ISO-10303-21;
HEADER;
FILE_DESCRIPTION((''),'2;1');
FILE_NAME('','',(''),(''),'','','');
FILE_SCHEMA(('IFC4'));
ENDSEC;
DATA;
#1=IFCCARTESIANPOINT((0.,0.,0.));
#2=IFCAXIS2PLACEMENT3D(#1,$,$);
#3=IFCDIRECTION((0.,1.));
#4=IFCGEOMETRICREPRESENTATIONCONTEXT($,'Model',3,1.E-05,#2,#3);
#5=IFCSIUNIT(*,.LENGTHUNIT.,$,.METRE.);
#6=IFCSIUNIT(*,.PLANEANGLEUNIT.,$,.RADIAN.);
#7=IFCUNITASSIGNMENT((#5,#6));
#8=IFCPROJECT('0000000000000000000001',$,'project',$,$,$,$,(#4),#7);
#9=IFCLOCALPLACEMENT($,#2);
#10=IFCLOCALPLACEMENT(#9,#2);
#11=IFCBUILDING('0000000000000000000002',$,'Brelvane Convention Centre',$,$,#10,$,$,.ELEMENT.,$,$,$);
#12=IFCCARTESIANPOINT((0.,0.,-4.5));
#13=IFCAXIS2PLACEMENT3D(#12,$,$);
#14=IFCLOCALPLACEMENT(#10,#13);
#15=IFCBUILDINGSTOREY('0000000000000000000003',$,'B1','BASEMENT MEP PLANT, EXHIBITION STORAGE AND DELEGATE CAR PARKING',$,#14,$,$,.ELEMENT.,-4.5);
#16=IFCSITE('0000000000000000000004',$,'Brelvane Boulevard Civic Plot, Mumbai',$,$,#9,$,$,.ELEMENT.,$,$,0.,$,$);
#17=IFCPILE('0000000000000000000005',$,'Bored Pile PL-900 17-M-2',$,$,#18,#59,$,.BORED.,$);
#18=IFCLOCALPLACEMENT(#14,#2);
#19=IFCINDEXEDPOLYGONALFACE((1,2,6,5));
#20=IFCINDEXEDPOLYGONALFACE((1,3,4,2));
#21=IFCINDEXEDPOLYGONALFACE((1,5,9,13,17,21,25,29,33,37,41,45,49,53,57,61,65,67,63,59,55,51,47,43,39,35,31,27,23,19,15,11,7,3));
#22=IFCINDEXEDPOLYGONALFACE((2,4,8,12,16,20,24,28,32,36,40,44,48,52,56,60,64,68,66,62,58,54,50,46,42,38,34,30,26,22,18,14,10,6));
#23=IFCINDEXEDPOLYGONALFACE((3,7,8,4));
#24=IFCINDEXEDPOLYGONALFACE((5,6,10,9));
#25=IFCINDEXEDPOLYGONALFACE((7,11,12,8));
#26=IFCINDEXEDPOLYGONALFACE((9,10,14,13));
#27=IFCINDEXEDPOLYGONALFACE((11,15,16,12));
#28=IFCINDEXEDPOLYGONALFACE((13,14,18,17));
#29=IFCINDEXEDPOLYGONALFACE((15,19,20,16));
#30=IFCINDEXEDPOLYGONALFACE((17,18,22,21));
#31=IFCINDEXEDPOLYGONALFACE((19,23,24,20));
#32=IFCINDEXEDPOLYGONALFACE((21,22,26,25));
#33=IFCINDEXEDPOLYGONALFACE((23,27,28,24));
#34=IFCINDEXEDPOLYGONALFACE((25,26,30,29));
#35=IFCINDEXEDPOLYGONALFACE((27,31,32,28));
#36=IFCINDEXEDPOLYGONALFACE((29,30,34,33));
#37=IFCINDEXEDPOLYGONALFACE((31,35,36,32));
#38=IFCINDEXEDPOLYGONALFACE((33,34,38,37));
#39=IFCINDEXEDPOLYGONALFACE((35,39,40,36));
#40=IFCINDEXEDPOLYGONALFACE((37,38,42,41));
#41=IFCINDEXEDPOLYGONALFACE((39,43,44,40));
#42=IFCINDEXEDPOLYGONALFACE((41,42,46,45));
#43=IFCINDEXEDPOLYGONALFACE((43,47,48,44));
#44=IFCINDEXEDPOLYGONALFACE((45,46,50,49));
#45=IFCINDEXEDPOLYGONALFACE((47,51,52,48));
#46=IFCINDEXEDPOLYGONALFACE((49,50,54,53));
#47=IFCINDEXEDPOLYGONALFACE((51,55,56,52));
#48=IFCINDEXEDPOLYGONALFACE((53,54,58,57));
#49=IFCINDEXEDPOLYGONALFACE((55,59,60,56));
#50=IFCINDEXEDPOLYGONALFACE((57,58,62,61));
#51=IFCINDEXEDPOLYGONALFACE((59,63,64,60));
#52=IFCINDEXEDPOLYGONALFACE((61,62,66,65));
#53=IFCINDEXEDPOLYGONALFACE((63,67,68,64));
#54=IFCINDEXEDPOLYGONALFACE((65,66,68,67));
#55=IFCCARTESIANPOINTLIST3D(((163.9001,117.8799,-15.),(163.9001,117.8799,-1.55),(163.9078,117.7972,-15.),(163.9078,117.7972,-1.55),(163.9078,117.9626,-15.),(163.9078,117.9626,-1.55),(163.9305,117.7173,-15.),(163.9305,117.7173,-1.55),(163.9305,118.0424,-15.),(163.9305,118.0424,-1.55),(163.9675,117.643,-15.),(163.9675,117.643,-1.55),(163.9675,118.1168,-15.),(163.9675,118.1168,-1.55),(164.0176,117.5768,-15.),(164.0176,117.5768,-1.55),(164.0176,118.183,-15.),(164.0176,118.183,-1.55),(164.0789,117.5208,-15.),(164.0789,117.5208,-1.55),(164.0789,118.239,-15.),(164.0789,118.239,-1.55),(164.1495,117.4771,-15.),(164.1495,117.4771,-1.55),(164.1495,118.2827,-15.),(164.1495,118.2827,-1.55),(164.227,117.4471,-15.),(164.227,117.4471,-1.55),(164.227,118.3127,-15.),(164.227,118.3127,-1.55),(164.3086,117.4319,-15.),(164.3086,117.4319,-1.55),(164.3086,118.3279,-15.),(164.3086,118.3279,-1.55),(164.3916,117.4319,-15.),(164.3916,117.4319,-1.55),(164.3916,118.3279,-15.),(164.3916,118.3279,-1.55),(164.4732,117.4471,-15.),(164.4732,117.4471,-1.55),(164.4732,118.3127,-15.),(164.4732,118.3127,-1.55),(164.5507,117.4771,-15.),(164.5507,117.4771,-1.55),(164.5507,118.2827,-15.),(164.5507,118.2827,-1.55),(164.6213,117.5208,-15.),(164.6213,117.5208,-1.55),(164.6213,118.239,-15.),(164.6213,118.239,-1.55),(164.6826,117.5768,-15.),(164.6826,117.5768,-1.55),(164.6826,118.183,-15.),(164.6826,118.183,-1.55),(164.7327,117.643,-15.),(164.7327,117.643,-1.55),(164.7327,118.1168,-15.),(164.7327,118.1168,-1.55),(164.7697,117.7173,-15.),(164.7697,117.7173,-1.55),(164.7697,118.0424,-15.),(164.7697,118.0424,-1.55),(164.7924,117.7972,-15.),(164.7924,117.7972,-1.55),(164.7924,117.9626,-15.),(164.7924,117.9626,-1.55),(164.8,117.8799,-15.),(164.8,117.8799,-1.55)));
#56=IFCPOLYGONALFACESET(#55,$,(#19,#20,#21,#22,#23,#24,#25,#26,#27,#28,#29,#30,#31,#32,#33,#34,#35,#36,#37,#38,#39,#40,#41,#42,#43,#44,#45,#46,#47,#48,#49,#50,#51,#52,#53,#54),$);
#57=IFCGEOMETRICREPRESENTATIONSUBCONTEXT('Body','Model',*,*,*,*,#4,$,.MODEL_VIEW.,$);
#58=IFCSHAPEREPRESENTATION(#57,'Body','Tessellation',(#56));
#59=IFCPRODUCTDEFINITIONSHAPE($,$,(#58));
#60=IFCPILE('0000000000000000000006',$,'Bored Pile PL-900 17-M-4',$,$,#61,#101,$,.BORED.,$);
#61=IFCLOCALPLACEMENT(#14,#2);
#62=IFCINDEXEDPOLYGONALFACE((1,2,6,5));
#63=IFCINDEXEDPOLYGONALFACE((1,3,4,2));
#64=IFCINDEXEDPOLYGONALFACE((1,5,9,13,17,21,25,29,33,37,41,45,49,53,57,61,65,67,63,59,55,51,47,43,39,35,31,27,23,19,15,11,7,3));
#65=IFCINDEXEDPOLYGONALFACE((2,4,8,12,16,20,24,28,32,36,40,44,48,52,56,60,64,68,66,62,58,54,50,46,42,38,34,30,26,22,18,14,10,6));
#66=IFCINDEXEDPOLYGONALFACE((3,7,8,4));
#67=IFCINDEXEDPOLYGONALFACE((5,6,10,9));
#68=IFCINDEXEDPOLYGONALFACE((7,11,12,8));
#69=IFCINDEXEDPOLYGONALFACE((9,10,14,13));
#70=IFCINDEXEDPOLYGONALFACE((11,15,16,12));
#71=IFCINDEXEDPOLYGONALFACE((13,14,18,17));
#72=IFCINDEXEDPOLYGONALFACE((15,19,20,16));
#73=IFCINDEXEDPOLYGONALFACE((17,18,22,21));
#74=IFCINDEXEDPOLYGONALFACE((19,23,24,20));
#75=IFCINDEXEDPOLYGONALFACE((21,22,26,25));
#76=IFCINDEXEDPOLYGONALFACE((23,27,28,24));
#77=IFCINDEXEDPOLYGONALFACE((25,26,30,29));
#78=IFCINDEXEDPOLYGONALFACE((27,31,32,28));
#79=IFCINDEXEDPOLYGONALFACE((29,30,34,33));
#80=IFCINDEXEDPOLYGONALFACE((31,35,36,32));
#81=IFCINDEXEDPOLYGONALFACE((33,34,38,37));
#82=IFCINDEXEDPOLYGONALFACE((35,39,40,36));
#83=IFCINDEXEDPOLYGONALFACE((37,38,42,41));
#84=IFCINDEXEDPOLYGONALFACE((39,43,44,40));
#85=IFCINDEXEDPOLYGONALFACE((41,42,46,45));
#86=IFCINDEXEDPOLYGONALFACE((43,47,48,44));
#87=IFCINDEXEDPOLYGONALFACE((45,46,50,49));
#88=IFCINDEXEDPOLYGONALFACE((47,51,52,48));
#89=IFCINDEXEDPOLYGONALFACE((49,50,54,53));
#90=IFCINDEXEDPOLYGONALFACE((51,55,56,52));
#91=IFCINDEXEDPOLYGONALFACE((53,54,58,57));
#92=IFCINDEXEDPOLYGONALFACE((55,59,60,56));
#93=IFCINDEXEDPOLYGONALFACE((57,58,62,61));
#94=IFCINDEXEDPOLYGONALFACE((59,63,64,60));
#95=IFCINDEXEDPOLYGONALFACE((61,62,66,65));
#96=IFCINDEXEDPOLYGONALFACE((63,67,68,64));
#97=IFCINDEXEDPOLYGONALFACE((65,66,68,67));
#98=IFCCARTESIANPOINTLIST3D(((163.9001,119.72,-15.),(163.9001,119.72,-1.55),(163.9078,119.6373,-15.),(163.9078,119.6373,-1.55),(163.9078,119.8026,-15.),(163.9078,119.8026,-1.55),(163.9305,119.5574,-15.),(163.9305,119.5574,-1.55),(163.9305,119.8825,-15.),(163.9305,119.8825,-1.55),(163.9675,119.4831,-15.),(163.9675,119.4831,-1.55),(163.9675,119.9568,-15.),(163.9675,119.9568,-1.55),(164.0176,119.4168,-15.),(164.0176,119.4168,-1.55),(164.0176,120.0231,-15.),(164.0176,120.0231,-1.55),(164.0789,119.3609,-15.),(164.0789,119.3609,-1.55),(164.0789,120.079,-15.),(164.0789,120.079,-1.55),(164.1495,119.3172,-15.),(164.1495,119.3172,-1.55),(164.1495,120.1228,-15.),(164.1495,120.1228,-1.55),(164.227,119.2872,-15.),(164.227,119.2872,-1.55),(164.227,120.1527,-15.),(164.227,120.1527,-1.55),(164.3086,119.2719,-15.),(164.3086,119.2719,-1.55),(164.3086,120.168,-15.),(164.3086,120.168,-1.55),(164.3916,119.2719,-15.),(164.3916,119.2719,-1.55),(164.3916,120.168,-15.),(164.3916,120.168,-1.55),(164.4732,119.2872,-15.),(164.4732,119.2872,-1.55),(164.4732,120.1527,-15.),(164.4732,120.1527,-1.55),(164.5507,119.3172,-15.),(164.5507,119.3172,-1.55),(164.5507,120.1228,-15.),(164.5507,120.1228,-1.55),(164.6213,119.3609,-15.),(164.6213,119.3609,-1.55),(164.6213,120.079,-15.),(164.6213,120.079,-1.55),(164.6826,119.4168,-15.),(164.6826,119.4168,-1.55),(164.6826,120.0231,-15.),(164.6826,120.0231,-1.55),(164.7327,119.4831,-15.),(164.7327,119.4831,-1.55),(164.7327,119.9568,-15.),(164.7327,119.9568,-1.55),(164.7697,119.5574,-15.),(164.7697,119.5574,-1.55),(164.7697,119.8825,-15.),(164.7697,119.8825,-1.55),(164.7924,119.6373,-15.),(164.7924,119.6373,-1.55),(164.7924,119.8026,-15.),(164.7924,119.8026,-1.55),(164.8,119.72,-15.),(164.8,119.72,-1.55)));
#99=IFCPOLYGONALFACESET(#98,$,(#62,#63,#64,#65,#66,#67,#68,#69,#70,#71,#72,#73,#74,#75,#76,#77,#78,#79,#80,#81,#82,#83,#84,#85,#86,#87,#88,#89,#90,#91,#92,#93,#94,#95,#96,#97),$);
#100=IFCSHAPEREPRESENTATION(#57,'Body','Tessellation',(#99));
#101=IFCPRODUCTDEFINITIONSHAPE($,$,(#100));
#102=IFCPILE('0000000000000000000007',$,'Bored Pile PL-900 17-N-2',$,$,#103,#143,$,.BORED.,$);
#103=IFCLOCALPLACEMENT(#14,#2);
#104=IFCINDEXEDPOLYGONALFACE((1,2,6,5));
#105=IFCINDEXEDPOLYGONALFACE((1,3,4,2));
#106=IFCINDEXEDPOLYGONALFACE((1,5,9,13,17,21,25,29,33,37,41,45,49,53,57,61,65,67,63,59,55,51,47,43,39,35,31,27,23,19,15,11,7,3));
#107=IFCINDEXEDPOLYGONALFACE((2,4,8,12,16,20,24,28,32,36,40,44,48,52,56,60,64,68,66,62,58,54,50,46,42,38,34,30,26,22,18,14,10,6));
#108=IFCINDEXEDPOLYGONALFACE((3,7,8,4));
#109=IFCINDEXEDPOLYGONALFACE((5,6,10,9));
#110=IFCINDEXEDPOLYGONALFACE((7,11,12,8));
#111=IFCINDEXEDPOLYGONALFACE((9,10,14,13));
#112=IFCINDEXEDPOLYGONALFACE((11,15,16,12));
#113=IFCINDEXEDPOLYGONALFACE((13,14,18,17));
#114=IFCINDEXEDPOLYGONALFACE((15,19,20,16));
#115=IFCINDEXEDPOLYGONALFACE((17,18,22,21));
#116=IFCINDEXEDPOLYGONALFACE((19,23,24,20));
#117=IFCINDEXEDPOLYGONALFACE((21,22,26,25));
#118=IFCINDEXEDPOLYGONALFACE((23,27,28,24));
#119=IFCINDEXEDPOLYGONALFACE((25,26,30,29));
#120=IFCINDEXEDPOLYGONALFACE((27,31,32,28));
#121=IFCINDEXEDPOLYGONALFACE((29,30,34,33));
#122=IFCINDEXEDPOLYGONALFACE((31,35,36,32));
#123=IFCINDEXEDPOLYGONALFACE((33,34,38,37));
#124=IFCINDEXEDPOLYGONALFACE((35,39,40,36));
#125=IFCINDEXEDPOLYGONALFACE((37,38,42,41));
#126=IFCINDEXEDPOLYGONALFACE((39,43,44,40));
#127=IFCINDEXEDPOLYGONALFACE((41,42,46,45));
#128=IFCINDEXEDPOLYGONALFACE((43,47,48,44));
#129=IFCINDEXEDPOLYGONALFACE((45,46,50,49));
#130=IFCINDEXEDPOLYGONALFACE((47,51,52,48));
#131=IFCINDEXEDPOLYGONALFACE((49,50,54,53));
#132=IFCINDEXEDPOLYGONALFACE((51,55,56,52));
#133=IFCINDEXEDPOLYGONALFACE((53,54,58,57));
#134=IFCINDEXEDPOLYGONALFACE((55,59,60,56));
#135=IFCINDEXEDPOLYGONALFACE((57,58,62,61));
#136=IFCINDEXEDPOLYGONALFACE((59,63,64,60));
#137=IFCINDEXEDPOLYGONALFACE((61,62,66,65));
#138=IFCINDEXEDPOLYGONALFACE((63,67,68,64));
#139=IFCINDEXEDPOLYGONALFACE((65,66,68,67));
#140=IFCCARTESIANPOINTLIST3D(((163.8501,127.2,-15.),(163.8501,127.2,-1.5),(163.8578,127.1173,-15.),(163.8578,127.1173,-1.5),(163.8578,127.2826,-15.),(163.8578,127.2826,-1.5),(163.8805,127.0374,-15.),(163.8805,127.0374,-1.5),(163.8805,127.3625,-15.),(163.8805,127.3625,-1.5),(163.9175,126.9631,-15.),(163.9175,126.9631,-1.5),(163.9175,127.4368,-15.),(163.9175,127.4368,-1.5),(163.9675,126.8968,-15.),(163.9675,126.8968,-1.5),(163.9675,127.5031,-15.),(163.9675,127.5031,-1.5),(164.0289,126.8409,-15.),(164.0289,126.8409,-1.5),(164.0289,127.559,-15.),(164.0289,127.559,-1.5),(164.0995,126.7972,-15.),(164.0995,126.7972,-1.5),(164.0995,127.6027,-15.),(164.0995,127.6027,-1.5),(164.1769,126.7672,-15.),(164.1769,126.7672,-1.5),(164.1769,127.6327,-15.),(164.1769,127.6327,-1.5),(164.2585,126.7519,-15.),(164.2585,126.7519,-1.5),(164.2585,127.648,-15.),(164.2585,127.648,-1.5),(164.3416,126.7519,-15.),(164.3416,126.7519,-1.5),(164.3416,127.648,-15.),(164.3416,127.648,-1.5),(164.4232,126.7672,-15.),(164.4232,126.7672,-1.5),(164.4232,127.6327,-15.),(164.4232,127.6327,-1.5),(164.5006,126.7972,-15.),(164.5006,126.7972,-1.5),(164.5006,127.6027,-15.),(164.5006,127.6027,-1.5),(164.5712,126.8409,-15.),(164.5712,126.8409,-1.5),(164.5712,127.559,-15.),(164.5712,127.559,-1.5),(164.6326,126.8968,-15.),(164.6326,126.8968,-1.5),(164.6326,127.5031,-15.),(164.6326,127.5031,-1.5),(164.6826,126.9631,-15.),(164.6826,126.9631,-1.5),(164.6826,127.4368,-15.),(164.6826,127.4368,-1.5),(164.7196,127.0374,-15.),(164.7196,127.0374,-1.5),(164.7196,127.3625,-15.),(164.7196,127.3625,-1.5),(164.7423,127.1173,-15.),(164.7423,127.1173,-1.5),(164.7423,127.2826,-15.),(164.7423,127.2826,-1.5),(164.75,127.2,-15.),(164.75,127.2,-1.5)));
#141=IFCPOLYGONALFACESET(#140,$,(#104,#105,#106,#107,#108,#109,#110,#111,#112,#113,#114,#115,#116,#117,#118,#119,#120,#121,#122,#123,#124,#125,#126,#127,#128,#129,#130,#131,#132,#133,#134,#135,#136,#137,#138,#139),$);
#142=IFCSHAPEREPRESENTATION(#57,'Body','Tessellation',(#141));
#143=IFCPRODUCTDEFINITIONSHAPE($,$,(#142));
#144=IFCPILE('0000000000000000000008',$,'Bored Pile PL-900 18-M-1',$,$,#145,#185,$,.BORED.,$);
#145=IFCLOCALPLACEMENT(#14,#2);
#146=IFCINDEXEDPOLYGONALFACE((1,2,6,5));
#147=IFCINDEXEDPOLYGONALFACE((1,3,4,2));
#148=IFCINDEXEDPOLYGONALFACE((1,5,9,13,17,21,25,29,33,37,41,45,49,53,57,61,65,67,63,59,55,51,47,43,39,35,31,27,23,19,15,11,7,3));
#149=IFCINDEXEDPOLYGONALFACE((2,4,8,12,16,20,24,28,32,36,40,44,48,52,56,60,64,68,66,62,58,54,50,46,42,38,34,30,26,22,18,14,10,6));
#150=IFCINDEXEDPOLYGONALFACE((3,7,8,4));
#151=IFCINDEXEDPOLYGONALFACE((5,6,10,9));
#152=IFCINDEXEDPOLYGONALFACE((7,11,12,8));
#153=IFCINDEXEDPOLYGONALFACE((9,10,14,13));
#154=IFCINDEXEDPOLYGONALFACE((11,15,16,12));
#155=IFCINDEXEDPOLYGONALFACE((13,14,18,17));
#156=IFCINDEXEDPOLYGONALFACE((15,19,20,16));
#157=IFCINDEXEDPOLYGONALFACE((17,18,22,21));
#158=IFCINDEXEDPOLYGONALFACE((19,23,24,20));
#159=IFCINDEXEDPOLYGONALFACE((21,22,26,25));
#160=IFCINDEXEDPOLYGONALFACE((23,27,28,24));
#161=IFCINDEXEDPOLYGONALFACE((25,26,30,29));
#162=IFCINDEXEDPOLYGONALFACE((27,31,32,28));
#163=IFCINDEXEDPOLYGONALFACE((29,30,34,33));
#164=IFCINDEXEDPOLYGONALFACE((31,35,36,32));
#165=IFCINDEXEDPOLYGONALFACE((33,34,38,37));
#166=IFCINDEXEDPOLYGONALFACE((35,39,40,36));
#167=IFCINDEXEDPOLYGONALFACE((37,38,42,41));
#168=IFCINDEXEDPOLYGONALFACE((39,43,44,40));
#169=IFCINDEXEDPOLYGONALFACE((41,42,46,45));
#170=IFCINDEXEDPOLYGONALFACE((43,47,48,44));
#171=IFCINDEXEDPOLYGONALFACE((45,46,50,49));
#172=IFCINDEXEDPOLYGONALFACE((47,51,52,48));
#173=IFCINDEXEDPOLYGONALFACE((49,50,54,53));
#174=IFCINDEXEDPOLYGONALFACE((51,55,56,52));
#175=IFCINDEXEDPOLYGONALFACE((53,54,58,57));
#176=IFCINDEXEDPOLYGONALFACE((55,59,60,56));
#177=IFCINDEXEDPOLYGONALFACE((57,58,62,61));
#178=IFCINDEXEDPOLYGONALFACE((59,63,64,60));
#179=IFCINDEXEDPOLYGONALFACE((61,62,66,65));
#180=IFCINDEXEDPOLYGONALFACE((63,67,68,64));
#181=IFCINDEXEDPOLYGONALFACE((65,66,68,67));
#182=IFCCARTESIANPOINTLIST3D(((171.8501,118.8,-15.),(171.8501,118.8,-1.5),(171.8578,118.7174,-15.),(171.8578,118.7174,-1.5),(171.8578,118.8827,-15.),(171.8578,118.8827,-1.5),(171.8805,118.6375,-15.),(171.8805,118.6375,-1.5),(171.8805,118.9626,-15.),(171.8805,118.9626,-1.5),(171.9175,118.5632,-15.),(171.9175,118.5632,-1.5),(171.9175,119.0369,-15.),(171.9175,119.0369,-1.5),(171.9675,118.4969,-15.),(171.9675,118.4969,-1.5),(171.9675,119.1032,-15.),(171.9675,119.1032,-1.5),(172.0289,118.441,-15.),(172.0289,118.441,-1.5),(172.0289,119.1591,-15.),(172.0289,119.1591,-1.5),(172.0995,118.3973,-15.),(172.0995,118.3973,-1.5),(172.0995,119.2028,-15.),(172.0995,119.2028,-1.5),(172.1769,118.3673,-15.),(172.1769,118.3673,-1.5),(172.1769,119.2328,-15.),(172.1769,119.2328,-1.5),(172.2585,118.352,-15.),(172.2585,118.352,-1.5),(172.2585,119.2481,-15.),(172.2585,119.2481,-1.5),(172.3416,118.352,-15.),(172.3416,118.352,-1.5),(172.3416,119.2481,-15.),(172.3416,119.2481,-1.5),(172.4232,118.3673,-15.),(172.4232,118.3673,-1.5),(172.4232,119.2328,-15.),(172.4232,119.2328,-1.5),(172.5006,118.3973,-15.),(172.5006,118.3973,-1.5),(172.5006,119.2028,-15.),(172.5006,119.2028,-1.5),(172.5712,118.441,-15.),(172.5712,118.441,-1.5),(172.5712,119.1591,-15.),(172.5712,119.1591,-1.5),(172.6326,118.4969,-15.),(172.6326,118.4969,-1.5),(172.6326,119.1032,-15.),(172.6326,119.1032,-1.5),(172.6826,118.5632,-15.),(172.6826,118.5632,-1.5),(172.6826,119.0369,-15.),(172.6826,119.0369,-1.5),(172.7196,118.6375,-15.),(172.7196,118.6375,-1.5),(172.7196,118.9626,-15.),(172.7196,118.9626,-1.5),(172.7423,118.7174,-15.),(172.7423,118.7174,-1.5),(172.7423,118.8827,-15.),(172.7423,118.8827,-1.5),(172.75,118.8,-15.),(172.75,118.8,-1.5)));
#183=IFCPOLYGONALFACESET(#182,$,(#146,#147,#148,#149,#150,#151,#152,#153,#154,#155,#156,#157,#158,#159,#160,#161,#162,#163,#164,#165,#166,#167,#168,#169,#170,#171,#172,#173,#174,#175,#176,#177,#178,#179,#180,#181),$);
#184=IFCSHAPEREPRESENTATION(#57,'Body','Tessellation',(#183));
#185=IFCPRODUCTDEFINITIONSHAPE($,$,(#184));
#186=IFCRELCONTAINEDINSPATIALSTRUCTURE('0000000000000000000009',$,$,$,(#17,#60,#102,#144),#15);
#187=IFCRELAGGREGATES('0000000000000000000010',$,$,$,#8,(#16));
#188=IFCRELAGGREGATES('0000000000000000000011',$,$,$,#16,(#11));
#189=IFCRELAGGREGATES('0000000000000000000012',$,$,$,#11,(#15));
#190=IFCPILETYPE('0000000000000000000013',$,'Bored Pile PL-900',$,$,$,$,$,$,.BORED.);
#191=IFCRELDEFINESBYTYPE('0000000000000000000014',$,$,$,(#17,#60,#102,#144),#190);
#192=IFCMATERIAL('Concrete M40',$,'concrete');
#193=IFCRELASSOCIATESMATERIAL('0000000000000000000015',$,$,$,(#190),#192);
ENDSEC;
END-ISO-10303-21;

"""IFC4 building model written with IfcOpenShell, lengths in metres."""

from ifc_helpers import new_model, si_unit, direction, frame, origin, origin_2d, place, context, subcontext, project, spatial, circle, extrude, material, material_profile, profile_set, type_object, element, save


model = new_model("IFC4")

# Units and contexts
model_context = context("Model", 3, precision=1e-05, world=origin(), true_north=direction((0.0, 1.0)))
body_context = subcontext(model_context, "Body", "Model", "MODEL_VIEW")
ifc_project = project(units=[si_unit("LENGTHUNIT", "METRE"), si_unit("PLANEANGLEUNIT", "RADIAN")], contexts=[model_context])

# Site, building, storey
site_placement = place(None, origin())
site = spatial("IfcSite", under=ifc_project, at=site_placement, Name="Brelvane Boulevard Civic Plot, Mumbai", CompositionType="ELEMENT", RefElevation=0.0)
building_placement = place(site_placement, origin())
building = spatial("IfcBuilding", under=site, at=building_placement, Name="Brelvane Convention Centre", CompositionType="ELEMENT")
storey_placement = place(building_placement, frame((0.0, 0.0, -4.5)))
storey = spatial("IfcBuildingStorey", under=building, at=storey_placement, Name="B1", Description="BASEMENT MEP PLANT, EXHIBITION STORAGE AND DELEGATE CAR PARKING", CompositionType="ELEMENT", Elevation=-4.5)

# Piles
ifc_material_1 = material(Name="Concrete M40", Category="concrete")
ifc_material_profile_1 = material_profile(ifc_material_1, circle(Radius=0.45, at=origin_2d()), Name="PILE D900")
ifc_profile_set_1 = profile_set([ifc_material_profile_1], Name="Concrete M40")
pile_type = type_object("IfcPileType", Name="Bored Pile PL-900", PredefinedType="BORED", material=ifc_profile_set_1)
for number, where, z_axis, x_axis, name in (
    (1, (164.3501, 117.8799, -1.55), (0.0, 0.0, -1.0), (1.0, 0.0, 0.0), "Bored Pile PL-900 17-M-2"),
    (2, (164.3501, 119.72, -1.55), (0.0, 0.0, -1.0), (1.0, 0.0, 0.0), "Bored Pile PL-900 17-M-4"),
):
    element("IfcPile", number, at=place(storey_placement, frame(where, z_axis=z_axis, x_axis=x_axis)), inside=storey, type_object=pile_type, Name=name, PredefinedType="BORED", context=body_context, shape_type="SweptSolid", body=[
        extrude(circle(Radius=0.45, at=origin_2d()), origin(), (0.0, 0.0, 1.0), 13.45),
    ])
for number, where, z_axis, x_axis, name in (
    (3, (164.3, 127.2, -1.5), (0.0, 0.0, -1.0), (1.0, 0.0, 0.0), "Bored Pile PL-900 17-N-2"),
    (4, (172.3, 118.8, -1.5), (0.0, 0.0, -1.0), (1.0, 0.0, 0.0), "Bored Pile PL-900 18-M-1"),
):
    element("IfcPile", number, at=place(storey_placement, frame(where, z_axis=z_axis, x_axis=x_axis)), inside=storey, type_object=pile_type, Name=name, PredefinedType="BORED", context=body_context, shape_type="SweptSolid", body=[
        extrude(circle(Radius=0.45, at=origin_2d()), origin(), (0.0, 0.0, 1.0), 13.5),
    ])

save(model, "model.ifc")
